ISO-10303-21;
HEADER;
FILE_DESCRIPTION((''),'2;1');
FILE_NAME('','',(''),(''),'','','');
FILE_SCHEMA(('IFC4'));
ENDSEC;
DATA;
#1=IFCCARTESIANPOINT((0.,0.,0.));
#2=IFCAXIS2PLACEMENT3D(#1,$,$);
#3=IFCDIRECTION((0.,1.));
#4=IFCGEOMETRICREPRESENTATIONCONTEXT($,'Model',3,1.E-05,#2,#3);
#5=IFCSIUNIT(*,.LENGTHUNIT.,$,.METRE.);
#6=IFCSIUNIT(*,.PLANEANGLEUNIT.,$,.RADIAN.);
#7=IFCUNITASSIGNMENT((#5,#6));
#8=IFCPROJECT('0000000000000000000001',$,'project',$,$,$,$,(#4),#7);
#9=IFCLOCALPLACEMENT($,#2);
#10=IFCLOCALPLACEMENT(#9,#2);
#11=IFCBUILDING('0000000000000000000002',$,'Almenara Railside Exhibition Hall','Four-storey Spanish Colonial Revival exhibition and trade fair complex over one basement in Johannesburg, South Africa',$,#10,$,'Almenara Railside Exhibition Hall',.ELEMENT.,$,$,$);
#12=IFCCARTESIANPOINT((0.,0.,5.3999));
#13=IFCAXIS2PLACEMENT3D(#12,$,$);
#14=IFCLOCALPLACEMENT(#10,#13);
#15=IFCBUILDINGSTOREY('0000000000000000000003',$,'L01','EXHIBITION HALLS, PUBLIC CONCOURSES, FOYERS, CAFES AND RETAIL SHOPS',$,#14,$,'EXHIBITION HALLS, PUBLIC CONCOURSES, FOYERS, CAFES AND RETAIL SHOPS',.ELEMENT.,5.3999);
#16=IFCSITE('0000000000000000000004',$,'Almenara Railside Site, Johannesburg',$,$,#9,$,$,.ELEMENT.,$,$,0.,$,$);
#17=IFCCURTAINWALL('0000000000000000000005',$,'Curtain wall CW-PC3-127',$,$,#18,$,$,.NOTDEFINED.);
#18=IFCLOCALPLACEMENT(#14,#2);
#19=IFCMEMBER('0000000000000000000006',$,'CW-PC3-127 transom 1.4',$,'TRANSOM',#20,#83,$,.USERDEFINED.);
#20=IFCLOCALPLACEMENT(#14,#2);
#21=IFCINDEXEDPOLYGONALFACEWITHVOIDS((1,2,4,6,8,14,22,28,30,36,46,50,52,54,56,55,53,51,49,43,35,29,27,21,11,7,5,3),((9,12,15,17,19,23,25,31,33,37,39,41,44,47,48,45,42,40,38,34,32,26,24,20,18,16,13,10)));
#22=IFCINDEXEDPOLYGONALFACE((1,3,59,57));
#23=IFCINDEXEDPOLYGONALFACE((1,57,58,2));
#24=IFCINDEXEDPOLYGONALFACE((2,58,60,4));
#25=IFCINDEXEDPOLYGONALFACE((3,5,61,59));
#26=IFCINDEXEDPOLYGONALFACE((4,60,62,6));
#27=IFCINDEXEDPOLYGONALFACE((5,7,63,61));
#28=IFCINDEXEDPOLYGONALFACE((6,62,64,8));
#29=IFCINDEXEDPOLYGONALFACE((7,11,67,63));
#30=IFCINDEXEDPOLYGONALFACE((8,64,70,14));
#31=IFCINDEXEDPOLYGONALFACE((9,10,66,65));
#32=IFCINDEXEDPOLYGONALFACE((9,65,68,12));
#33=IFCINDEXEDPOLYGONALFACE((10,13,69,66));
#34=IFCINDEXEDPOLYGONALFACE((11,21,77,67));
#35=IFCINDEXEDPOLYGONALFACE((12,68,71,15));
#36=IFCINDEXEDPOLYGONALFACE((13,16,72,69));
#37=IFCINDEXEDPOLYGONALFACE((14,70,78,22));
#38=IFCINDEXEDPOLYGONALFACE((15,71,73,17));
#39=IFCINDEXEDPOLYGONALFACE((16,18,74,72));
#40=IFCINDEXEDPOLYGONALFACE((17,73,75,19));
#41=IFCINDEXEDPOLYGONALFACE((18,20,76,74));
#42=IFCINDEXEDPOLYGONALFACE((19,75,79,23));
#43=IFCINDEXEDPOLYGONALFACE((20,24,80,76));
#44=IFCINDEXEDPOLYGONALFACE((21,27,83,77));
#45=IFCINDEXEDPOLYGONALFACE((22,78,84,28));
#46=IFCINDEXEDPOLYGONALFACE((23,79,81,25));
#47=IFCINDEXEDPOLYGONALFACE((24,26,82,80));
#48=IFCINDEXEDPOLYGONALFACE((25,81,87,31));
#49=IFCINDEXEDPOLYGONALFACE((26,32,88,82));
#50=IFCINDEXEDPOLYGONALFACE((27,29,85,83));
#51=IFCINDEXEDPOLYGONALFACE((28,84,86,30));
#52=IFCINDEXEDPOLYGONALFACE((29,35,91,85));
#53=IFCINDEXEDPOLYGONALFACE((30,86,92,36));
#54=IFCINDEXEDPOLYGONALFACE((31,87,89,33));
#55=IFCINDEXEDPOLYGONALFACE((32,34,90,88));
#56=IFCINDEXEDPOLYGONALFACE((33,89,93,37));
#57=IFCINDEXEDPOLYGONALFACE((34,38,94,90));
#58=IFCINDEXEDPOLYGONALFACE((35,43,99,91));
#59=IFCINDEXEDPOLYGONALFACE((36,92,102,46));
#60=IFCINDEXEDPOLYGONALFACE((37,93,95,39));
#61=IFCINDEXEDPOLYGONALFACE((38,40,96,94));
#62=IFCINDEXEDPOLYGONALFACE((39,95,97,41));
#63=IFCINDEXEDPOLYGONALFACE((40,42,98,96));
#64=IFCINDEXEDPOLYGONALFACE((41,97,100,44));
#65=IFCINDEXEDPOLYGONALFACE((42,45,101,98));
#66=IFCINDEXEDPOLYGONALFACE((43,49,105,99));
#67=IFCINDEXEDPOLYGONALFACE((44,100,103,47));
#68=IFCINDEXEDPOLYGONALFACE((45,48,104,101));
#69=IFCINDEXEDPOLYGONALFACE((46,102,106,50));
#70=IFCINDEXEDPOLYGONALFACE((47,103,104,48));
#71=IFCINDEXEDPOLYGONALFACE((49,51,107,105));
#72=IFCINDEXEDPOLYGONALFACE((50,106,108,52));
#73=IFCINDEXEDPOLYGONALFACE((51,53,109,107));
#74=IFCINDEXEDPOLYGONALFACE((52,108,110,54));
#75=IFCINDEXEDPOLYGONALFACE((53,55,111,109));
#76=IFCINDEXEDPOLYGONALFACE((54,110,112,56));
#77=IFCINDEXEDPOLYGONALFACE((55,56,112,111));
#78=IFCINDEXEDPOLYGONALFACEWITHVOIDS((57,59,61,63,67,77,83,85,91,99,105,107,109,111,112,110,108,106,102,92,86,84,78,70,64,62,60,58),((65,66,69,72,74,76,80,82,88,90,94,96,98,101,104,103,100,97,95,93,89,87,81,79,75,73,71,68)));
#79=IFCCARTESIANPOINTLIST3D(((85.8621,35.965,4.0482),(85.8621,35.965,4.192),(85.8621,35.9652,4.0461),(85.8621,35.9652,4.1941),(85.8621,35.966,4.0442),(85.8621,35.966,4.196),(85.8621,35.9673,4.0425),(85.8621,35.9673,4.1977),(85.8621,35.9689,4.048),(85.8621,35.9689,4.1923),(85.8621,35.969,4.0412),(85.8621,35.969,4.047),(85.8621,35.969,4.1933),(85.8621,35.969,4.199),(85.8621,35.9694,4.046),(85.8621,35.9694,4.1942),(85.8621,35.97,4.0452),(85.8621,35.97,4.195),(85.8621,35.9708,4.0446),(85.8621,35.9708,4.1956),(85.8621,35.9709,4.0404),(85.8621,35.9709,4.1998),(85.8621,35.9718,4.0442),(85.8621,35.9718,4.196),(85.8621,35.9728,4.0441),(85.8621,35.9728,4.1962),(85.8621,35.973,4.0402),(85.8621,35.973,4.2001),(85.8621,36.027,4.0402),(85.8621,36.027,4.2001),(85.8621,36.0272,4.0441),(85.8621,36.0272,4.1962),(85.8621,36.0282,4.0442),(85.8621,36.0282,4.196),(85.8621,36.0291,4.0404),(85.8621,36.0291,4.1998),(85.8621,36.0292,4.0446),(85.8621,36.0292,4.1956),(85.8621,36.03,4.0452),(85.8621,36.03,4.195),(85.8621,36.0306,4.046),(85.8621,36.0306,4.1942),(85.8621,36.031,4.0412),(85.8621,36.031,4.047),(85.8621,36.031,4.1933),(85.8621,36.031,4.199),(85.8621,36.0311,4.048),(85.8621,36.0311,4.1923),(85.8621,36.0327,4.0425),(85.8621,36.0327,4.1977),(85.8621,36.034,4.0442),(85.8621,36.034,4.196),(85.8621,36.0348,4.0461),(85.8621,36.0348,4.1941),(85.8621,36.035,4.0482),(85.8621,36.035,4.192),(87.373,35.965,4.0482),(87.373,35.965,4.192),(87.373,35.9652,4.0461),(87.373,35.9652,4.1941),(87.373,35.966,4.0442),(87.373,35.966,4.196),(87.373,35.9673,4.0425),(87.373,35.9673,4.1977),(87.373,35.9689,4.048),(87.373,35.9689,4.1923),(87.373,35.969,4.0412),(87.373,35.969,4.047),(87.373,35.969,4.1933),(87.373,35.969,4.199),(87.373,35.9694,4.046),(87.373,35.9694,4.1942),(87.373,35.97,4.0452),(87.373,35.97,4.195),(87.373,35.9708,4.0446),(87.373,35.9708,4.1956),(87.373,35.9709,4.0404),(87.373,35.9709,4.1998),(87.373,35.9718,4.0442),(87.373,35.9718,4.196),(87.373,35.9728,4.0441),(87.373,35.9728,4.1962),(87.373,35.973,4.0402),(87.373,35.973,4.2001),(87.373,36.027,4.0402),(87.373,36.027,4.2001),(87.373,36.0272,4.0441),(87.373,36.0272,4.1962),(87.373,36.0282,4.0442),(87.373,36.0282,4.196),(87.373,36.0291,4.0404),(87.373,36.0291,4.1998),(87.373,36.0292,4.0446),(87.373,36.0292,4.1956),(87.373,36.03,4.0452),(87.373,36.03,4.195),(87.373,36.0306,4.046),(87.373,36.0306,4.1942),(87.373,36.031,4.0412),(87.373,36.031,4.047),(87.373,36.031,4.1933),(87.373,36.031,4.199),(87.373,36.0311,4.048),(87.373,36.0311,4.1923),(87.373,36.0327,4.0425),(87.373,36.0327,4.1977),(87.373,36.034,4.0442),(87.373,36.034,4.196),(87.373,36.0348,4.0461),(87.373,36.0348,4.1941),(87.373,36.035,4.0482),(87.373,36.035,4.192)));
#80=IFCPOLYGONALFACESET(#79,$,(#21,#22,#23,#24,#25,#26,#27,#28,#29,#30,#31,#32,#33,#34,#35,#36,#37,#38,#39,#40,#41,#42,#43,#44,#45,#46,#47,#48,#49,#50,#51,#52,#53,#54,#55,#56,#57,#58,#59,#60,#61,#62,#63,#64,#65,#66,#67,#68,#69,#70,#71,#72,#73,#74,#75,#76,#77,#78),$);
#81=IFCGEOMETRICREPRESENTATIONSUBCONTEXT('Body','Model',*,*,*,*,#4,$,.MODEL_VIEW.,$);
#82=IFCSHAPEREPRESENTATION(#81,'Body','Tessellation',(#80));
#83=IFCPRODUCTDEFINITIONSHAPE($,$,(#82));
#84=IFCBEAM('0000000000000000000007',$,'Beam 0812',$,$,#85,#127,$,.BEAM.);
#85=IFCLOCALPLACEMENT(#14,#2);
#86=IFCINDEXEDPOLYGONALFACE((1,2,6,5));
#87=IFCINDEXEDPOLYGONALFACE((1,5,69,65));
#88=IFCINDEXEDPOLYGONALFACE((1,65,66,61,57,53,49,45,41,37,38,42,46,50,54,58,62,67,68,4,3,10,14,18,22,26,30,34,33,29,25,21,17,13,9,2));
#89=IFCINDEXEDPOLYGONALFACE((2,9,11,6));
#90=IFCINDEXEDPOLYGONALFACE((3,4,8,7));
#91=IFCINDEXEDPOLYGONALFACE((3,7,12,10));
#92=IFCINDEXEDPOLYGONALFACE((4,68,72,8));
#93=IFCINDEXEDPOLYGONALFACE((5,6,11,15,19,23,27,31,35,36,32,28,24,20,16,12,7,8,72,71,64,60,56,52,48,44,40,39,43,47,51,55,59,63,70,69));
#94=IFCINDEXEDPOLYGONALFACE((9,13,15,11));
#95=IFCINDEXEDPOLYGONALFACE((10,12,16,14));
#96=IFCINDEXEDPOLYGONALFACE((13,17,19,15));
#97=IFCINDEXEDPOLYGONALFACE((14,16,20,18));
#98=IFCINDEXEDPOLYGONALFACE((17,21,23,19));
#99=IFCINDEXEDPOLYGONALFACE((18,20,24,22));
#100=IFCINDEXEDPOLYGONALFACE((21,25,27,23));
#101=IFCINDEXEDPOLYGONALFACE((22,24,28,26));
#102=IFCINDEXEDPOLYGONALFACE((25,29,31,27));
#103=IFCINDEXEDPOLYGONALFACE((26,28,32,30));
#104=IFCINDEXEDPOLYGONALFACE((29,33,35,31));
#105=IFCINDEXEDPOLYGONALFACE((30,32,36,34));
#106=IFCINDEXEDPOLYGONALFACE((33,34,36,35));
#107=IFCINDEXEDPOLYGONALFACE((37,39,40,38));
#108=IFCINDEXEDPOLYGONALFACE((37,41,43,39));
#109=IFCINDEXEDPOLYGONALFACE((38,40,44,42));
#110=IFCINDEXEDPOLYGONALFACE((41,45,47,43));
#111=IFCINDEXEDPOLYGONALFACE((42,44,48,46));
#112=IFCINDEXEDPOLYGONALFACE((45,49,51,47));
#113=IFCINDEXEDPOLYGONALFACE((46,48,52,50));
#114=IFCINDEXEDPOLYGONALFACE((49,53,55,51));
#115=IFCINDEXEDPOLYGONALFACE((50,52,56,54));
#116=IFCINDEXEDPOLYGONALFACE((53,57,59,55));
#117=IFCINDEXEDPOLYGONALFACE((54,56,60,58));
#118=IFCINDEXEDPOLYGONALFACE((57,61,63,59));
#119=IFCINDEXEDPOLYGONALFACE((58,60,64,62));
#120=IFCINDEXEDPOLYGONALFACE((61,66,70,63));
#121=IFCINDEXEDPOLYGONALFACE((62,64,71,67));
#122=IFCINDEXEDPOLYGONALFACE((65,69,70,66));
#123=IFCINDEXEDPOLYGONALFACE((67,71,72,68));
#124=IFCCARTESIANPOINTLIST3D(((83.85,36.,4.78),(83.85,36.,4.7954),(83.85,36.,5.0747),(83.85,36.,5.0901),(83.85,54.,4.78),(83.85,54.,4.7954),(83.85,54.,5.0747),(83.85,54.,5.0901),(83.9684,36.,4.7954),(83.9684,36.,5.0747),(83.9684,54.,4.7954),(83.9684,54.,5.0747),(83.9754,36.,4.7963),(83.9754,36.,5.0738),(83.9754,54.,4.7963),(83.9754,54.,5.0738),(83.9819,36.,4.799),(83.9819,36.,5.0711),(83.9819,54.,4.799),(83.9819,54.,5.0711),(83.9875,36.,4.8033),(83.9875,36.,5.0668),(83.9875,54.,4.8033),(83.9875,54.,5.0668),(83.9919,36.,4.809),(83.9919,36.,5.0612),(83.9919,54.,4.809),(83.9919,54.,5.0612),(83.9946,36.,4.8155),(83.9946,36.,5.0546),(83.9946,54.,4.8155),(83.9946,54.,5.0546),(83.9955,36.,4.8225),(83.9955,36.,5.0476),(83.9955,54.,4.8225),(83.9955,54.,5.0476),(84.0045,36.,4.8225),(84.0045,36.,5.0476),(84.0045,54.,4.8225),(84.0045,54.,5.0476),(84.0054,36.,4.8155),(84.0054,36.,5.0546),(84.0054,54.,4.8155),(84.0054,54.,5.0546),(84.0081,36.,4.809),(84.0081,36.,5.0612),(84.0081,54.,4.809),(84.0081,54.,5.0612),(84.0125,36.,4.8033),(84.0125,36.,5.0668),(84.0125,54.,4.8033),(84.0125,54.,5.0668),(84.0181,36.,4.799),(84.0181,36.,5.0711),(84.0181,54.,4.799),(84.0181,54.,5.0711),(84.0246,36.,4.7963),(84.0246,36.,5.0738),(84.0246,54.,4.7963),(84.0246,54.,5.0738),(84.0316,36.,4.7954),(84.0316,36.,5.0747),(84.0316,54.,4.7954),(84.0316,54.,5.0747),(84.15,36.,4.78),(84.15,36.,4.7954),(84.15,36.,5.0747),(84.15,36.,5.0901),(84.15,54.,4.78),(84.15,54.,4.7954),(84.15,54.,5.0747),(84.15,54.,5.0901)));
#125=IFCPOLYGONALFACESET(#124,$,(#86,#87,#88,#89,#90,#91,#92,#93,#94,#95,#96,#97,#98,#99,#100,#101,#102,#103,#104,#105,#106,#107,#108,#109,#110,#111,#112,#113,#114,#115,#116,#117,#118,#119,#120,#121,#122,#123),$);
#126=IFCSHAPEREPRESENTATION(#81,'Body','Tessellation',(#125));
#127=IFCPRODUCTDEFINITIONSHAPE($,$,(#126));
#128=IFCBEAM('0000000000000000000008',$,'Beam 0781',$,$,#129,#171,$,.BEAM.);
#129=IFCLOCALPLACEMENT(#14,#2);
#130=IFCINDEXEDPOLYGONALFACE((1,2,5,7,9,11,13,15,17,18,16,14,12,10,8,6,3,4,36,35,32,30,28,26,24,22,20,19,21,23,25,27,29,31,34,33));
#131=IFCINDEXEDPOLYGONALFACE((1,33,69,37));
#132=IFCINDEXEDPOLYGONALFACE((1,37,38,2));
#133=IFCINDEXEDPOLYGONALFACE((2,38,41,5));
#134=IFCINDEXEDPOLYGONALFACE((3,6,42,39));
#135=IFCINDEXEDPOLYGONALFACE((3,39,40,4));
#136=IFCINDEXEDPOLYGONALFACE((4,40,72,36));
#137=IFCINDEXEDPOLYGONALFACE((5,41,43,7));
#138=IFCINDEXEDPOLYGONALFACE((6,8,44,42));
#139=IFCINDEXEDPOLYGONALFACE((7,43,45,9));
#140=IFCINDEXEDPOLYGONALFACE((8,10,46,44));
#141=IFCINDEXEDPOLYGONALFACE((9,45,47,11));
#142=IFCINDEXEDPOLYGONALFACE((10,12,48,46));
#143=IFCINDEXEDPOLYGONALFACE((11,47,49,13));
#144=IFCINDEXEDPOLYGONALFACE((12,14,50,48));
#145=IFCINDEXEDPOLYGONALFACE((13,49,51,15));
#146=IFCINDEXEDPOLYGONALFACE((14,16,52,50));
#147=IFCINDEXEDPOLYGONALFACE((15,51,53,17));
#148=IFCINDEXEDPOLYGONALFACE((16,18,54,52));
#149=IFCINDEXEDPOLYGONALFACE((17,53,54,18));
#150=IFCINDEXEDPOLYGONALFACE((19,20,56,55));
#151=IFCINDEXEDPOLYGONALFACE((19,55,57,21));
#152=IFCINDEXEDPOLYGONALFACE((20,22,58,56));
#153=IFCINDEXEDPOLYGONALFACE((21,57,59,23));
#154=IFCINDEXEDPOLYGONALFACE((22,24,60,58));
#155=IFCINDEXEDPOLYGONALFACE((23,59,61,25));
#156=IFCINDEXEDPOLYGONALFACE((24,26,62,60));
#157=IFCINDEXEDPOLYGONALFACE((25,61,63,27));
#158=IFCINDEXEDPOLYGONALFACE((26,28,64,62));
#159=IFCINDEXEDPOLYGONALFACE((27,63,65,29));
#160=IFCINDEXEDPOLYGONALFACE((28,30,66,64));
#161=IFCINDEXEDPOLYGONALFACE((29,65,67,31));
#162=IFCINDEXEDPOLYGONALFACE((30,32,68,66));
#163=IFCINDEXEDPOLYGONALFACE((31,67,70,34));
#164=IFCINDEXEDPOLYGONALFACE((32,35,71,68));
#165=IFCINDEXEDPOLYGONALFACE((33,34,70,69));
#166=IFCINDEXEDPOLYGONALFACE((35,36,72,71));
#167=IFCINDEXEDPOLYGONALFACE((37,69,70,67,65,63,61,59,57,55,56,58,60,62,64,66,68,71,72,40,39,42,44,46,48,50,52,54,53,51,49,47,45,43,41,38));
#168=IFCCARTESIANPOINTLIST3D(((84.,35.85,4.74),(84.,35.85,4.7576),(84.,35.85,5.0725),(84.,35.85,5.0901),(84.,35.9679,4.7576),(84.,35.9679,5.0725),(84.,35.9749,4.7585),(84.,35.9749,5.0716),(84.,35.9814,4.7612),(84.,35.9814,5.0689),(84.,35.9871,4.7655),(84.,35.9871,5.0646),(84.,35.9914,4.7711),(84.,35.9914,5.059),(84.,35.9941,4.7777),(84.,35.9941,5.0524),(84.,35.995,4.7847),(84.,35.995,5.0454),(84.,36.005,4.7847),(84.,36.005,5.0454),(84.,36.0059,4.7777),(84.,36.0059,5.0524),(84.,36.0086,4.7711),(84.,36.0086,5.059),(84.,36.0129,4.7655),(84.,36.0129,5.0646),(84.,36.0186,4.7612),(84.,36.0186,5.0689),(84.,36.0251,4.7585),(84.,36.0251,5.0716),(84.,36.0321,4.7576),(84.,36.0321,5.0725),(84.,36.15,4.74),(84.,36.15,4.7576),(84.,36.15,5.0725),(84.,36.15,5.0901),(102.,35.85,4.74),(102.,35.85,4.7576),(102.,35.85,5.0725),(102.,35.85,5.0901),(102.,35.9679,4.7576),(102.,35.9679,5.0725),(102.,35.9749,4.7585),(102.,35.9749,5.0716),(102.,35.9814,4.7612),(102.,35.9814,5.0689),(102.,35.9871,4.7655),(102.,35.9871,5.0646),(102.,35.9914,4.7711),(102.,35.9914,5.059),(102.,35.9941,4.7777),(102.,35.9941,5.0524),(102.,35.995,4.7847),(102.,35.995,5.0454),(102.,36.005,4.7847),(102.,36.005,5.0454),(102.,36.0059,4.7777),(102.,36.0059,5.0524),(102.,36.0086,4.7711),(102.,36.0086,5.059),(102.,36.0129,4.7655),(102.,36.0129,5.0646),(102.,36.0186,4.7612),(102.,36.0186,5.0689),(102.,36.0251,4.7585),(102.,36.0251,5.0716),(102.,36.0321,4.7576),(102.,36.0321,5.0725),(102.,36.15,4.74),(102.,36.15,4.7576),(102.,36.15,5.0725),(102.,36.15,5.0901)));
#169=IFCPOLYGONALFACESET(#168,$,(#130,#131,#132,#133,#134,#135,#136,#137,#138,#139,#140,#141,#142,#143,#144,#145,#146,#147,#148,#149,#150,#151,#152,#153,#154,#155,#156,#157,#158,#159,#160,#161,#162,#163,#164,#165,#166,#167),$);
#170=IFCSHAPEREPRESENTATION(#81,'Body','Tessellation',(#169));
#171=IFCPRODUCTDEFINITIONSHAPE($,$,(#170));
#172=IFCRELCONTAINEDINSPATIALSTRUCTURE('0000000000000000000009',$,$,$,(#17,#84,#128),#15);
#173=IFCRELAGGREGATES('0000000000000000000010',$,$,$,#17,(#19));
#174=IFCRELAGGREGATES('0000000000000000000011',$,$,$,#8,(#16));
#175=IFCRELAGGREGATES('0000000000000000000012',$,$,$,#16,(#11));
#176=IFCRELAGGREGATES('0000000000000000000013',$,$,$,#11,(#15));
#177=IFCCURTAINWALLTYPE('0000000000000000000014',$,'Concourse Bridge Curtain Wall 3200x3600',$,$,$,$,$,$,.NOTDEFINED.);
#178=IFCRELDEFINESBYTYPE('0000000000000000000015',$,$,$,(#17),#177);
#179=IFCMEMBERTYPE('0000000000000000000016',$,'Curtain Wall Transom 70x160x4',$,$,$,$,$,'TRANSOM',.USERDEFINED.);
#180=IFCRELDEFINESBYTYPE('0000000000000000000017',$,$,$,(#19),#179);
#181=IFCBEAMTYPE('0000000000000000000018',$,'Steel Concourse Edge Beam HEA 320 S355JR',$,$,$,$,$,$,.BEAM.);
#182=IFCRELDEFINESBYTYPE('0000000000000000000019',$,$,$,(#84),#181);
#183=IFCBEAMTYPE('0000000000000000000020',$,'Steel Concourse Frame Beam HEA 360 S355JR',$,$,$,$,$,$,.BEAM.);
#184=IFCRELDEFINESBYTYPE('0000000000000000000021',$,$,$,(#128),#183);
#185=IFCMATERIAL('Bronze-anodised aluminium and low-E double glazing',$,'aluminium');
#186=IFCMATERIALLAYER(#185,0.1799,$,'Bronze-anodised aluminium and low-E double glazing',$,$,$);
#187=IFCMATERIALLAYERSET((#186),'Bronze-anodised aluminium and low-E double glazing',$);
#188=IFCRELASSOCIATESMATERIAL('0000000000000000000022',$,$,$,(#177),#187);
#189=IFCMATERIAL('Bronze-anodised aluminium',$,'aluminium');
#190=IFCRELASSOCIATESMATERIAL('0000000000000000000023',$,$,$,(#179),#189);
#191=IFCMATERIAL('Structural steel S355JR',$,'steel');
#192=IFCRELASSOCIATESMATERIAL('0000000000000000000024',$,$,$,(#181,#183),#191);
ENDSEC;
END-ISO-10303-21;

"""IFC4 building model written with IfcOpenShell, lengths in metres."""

from ifc_helpers import new_model, si_unit, direction, frame, origin, origin_2d, place, context, subcontext, project, spatial, hollow_rectangle, i_section, extrude, material, layer, layer_set, material_profile, profile_set, type_object, element, aggregate, save


model = new_model("IFC4")

# Units and contexts
model_context = context("Model", 3, precision=1e-05, world=origin(), true_north=direction((0.0, 1.0)))
body_context = subcontext(model_context, "Body", "Model", "MODEL_VIEW")
ifc_project = project(units=[si_unit("LENGTHUNIT", "METRE"), si_unit("PLANEANGLEUNIT", "RADIAN")], contexts=[model_context])

# Site, building, storey
site_placement = place(None, origin())
site = spatial("IfcSite", under=ifc_project, at=site_placement, Name="Almenara Railside Site, Johannesburg", CompositionType="ELEMENT", RefElevation=0.0)
building_placement = place(site_placement, origin())
building = spatial("IfcBuilding", under=site, at=building_placement, Name="Almenara Railside Exhibition Hall", Description="Four-storey Spanish Colonial Revival exhibition and trade fair complex over one basement in Johannesburg, South Africa", LongName="Almenara Railside Exhibition Hall", CompositionType="ELEMENT")
storey_placement = place(building_placement, frame((0.0, 0.0, 5.3999)))
storey = spatial("IfcBuildingStorey", under=building, at=storey_placement, Name="L01", Description="EXHIBITION HALLS, PUBLIC CONCOURSES, FOYERS, CAFES AND RETAIL SHOPS", LongName="EXHIBITION HALLS, PUBLIC CONCOURSES, FOYERS, CAFES AND RETAIL SHOPS", CompositionType="ELEMENT", Elevation=5.3999)

# Shared definitions
ifc_material_1 = material(Name="Bronze-anodised aluminium and low-E double glazing", Category="aluminium")
ifc_layer_1 = layer(ifc_material_1, 0.1799, Name="Bronze-anodised aluminium and low-E double glazing")
ifc_layer_set_1 = layer_set([ifc_layer_1], Name="Bronze-anodised aluminium and low-E double glazing")
curtain_wall_type = type_object("IfcCurtainWallType", Name="Concourse Bridge Curtain Wall 3200x3600", PredefinedType="NOTDEFINED", material=ifc_layer_set_1)
ifc_material_2 = material(Name="Bronze-anodised aluminium", Category="aluminium")

# Curtain wall
curtain_wall_1_placement = place(storey_placement, origin())
curtain_wall_1 = element("IfcCurtainWall", 1, at=curtain_wall_1_placement, inside=storey, type_object=curtain_wall_type, Name="Curtain wall CW-PC3-127", PredefinedType="NOTDEFINED")

# Member
ifc_material_profile_1 = material_profile(ifc_material_2, hollow_rectangle(XDim=0.0701, YDim=0.1599, WallThickness=0.0039, InnerFilletRadius=0.0039, OuterFilletRadius=0.0081, at=origin_2d()), Name="ALU-TRN 70x160x4")
ifc_profile_set_1 = profile_set([ifc_material_profile_1], Name="Bronze-anodised aluminium")
member_type_1 = type_object("IfcMemberType", Name="Curtain Wall Transom 70x160x4", ElementType="TRANSOM", PredefinedType="USERDEFINED", material=ifc_profile_set_1)
member_1_placement = place(storey_placement, frame((85.8621, 36.0, 4.1201), z_axis=(1.0, 0.0, 0.0), x_axis=(0.0, 1.0, 0.0)))
member_1 = element("IfcMember", 2, at=member_1_placement, type_object=member_type_1, Name="CW-PC3-127 transom 1.4", ObjectType="TRANSOM", PredefinedType="USERDEFINED", context=body_context, shape_type="SweptSolid", body=[
    extrude(hollow_rectangle(XDim=0.0701, YDim=0.1599, WallThickness=0.0039, InnerFilletRadius=0.0039, OuterFilletRadius=0.0081, at=origin_2d()), origin(), (0.0, 0.0, 1.0), 1.511),
])
aggregate(curtain_wall_1, [member_1])

# Beams
ifc_material_3 = material(Name="Structural steel S355JR", Category="steel")
ifc_material_profile_2 = material_profile(ifc_material_3, i_section(OverallWidth=0.3, OverallDepth=0.3101, WebThickness=0.009, FlangeThickness=0.0154, FilletRadius=0.0271, at=origin_2d()), Name="HEA 320")
ifc_profile_set_2 = profile_set([ifc_material_profile_2], Name="Structural steel S355JR")
beam_type_1 = type_object("IfcBeamType", Name="Steel Concourse Edge Beam HEA 320 S355JR", PredefinedType="BEAM", material=ifc_profile_set_2)
beam_1_placement = place(storey_placement, frame((84.0, 36.0, 4.9351), z_axis=(0.0, 1.0, 0.0), x_axis=(-1.0, 0.0, 0.0)))
element("IfcBeam", 3, at=beam_1_placement, inside=storey, type_object=beam_type_1, Name="Beam 0812", PredefinedType="BEAM", context=body_context, shape_type="SweptSolid", body=[
    extrude(i_section(OverallWidth=0.3, OverallDepth=0.3101, WebThickness=0.009, FlangeThickness=0.0154, FilletRadius=0.0271, at=origin_2d()), origin(), (0.0, 0.0, 1.0), 18.0),
])
ifc_material_profile_3 = material_profile(ifc_material_3, i_section(OverallWidth=0.3, OverallDepth=0.3501, WebThickness=0.01, FlangeThickness=0.0176, FilletRadius=0.0271, at=origin_2d()), Name="HEA 360")
ifc_profile_set_3 = profile_set([ifc_material_profile_3], Name="Structural steel S355JR")
beam_type_2 = type_object("IfcBeamType", Name="Steel Concourse Frame Beam HEA 360 S355JR", PredefinedType="BEAM", material=ifc_profile_set_3)
beam_2_placement = place(storey_placement, frame((84.0, 36.0, 4.915), z_axis=(1.0, 0.0, 0.0), x_axis=(0.0, 1.0, 0.0)))
element("IfcBeam", 4, at=beam_2_placement, inside=storey, type_object=beam_type_2, Name="Beam 0781", PredefinedType="BEAM", context=body_context, shape_type="SweptSolid", body=[
    extrude(i_section(OverallWidth=0.3, OverallDepth=0.3501, WebThickness=0.01, FlangeThickness=0.0176, FilletRadius=0.0271, at=origin_2d()), origin(), (0.0, 0.0, 1.0), 18.0),
])

save(model, "model.ifc")
